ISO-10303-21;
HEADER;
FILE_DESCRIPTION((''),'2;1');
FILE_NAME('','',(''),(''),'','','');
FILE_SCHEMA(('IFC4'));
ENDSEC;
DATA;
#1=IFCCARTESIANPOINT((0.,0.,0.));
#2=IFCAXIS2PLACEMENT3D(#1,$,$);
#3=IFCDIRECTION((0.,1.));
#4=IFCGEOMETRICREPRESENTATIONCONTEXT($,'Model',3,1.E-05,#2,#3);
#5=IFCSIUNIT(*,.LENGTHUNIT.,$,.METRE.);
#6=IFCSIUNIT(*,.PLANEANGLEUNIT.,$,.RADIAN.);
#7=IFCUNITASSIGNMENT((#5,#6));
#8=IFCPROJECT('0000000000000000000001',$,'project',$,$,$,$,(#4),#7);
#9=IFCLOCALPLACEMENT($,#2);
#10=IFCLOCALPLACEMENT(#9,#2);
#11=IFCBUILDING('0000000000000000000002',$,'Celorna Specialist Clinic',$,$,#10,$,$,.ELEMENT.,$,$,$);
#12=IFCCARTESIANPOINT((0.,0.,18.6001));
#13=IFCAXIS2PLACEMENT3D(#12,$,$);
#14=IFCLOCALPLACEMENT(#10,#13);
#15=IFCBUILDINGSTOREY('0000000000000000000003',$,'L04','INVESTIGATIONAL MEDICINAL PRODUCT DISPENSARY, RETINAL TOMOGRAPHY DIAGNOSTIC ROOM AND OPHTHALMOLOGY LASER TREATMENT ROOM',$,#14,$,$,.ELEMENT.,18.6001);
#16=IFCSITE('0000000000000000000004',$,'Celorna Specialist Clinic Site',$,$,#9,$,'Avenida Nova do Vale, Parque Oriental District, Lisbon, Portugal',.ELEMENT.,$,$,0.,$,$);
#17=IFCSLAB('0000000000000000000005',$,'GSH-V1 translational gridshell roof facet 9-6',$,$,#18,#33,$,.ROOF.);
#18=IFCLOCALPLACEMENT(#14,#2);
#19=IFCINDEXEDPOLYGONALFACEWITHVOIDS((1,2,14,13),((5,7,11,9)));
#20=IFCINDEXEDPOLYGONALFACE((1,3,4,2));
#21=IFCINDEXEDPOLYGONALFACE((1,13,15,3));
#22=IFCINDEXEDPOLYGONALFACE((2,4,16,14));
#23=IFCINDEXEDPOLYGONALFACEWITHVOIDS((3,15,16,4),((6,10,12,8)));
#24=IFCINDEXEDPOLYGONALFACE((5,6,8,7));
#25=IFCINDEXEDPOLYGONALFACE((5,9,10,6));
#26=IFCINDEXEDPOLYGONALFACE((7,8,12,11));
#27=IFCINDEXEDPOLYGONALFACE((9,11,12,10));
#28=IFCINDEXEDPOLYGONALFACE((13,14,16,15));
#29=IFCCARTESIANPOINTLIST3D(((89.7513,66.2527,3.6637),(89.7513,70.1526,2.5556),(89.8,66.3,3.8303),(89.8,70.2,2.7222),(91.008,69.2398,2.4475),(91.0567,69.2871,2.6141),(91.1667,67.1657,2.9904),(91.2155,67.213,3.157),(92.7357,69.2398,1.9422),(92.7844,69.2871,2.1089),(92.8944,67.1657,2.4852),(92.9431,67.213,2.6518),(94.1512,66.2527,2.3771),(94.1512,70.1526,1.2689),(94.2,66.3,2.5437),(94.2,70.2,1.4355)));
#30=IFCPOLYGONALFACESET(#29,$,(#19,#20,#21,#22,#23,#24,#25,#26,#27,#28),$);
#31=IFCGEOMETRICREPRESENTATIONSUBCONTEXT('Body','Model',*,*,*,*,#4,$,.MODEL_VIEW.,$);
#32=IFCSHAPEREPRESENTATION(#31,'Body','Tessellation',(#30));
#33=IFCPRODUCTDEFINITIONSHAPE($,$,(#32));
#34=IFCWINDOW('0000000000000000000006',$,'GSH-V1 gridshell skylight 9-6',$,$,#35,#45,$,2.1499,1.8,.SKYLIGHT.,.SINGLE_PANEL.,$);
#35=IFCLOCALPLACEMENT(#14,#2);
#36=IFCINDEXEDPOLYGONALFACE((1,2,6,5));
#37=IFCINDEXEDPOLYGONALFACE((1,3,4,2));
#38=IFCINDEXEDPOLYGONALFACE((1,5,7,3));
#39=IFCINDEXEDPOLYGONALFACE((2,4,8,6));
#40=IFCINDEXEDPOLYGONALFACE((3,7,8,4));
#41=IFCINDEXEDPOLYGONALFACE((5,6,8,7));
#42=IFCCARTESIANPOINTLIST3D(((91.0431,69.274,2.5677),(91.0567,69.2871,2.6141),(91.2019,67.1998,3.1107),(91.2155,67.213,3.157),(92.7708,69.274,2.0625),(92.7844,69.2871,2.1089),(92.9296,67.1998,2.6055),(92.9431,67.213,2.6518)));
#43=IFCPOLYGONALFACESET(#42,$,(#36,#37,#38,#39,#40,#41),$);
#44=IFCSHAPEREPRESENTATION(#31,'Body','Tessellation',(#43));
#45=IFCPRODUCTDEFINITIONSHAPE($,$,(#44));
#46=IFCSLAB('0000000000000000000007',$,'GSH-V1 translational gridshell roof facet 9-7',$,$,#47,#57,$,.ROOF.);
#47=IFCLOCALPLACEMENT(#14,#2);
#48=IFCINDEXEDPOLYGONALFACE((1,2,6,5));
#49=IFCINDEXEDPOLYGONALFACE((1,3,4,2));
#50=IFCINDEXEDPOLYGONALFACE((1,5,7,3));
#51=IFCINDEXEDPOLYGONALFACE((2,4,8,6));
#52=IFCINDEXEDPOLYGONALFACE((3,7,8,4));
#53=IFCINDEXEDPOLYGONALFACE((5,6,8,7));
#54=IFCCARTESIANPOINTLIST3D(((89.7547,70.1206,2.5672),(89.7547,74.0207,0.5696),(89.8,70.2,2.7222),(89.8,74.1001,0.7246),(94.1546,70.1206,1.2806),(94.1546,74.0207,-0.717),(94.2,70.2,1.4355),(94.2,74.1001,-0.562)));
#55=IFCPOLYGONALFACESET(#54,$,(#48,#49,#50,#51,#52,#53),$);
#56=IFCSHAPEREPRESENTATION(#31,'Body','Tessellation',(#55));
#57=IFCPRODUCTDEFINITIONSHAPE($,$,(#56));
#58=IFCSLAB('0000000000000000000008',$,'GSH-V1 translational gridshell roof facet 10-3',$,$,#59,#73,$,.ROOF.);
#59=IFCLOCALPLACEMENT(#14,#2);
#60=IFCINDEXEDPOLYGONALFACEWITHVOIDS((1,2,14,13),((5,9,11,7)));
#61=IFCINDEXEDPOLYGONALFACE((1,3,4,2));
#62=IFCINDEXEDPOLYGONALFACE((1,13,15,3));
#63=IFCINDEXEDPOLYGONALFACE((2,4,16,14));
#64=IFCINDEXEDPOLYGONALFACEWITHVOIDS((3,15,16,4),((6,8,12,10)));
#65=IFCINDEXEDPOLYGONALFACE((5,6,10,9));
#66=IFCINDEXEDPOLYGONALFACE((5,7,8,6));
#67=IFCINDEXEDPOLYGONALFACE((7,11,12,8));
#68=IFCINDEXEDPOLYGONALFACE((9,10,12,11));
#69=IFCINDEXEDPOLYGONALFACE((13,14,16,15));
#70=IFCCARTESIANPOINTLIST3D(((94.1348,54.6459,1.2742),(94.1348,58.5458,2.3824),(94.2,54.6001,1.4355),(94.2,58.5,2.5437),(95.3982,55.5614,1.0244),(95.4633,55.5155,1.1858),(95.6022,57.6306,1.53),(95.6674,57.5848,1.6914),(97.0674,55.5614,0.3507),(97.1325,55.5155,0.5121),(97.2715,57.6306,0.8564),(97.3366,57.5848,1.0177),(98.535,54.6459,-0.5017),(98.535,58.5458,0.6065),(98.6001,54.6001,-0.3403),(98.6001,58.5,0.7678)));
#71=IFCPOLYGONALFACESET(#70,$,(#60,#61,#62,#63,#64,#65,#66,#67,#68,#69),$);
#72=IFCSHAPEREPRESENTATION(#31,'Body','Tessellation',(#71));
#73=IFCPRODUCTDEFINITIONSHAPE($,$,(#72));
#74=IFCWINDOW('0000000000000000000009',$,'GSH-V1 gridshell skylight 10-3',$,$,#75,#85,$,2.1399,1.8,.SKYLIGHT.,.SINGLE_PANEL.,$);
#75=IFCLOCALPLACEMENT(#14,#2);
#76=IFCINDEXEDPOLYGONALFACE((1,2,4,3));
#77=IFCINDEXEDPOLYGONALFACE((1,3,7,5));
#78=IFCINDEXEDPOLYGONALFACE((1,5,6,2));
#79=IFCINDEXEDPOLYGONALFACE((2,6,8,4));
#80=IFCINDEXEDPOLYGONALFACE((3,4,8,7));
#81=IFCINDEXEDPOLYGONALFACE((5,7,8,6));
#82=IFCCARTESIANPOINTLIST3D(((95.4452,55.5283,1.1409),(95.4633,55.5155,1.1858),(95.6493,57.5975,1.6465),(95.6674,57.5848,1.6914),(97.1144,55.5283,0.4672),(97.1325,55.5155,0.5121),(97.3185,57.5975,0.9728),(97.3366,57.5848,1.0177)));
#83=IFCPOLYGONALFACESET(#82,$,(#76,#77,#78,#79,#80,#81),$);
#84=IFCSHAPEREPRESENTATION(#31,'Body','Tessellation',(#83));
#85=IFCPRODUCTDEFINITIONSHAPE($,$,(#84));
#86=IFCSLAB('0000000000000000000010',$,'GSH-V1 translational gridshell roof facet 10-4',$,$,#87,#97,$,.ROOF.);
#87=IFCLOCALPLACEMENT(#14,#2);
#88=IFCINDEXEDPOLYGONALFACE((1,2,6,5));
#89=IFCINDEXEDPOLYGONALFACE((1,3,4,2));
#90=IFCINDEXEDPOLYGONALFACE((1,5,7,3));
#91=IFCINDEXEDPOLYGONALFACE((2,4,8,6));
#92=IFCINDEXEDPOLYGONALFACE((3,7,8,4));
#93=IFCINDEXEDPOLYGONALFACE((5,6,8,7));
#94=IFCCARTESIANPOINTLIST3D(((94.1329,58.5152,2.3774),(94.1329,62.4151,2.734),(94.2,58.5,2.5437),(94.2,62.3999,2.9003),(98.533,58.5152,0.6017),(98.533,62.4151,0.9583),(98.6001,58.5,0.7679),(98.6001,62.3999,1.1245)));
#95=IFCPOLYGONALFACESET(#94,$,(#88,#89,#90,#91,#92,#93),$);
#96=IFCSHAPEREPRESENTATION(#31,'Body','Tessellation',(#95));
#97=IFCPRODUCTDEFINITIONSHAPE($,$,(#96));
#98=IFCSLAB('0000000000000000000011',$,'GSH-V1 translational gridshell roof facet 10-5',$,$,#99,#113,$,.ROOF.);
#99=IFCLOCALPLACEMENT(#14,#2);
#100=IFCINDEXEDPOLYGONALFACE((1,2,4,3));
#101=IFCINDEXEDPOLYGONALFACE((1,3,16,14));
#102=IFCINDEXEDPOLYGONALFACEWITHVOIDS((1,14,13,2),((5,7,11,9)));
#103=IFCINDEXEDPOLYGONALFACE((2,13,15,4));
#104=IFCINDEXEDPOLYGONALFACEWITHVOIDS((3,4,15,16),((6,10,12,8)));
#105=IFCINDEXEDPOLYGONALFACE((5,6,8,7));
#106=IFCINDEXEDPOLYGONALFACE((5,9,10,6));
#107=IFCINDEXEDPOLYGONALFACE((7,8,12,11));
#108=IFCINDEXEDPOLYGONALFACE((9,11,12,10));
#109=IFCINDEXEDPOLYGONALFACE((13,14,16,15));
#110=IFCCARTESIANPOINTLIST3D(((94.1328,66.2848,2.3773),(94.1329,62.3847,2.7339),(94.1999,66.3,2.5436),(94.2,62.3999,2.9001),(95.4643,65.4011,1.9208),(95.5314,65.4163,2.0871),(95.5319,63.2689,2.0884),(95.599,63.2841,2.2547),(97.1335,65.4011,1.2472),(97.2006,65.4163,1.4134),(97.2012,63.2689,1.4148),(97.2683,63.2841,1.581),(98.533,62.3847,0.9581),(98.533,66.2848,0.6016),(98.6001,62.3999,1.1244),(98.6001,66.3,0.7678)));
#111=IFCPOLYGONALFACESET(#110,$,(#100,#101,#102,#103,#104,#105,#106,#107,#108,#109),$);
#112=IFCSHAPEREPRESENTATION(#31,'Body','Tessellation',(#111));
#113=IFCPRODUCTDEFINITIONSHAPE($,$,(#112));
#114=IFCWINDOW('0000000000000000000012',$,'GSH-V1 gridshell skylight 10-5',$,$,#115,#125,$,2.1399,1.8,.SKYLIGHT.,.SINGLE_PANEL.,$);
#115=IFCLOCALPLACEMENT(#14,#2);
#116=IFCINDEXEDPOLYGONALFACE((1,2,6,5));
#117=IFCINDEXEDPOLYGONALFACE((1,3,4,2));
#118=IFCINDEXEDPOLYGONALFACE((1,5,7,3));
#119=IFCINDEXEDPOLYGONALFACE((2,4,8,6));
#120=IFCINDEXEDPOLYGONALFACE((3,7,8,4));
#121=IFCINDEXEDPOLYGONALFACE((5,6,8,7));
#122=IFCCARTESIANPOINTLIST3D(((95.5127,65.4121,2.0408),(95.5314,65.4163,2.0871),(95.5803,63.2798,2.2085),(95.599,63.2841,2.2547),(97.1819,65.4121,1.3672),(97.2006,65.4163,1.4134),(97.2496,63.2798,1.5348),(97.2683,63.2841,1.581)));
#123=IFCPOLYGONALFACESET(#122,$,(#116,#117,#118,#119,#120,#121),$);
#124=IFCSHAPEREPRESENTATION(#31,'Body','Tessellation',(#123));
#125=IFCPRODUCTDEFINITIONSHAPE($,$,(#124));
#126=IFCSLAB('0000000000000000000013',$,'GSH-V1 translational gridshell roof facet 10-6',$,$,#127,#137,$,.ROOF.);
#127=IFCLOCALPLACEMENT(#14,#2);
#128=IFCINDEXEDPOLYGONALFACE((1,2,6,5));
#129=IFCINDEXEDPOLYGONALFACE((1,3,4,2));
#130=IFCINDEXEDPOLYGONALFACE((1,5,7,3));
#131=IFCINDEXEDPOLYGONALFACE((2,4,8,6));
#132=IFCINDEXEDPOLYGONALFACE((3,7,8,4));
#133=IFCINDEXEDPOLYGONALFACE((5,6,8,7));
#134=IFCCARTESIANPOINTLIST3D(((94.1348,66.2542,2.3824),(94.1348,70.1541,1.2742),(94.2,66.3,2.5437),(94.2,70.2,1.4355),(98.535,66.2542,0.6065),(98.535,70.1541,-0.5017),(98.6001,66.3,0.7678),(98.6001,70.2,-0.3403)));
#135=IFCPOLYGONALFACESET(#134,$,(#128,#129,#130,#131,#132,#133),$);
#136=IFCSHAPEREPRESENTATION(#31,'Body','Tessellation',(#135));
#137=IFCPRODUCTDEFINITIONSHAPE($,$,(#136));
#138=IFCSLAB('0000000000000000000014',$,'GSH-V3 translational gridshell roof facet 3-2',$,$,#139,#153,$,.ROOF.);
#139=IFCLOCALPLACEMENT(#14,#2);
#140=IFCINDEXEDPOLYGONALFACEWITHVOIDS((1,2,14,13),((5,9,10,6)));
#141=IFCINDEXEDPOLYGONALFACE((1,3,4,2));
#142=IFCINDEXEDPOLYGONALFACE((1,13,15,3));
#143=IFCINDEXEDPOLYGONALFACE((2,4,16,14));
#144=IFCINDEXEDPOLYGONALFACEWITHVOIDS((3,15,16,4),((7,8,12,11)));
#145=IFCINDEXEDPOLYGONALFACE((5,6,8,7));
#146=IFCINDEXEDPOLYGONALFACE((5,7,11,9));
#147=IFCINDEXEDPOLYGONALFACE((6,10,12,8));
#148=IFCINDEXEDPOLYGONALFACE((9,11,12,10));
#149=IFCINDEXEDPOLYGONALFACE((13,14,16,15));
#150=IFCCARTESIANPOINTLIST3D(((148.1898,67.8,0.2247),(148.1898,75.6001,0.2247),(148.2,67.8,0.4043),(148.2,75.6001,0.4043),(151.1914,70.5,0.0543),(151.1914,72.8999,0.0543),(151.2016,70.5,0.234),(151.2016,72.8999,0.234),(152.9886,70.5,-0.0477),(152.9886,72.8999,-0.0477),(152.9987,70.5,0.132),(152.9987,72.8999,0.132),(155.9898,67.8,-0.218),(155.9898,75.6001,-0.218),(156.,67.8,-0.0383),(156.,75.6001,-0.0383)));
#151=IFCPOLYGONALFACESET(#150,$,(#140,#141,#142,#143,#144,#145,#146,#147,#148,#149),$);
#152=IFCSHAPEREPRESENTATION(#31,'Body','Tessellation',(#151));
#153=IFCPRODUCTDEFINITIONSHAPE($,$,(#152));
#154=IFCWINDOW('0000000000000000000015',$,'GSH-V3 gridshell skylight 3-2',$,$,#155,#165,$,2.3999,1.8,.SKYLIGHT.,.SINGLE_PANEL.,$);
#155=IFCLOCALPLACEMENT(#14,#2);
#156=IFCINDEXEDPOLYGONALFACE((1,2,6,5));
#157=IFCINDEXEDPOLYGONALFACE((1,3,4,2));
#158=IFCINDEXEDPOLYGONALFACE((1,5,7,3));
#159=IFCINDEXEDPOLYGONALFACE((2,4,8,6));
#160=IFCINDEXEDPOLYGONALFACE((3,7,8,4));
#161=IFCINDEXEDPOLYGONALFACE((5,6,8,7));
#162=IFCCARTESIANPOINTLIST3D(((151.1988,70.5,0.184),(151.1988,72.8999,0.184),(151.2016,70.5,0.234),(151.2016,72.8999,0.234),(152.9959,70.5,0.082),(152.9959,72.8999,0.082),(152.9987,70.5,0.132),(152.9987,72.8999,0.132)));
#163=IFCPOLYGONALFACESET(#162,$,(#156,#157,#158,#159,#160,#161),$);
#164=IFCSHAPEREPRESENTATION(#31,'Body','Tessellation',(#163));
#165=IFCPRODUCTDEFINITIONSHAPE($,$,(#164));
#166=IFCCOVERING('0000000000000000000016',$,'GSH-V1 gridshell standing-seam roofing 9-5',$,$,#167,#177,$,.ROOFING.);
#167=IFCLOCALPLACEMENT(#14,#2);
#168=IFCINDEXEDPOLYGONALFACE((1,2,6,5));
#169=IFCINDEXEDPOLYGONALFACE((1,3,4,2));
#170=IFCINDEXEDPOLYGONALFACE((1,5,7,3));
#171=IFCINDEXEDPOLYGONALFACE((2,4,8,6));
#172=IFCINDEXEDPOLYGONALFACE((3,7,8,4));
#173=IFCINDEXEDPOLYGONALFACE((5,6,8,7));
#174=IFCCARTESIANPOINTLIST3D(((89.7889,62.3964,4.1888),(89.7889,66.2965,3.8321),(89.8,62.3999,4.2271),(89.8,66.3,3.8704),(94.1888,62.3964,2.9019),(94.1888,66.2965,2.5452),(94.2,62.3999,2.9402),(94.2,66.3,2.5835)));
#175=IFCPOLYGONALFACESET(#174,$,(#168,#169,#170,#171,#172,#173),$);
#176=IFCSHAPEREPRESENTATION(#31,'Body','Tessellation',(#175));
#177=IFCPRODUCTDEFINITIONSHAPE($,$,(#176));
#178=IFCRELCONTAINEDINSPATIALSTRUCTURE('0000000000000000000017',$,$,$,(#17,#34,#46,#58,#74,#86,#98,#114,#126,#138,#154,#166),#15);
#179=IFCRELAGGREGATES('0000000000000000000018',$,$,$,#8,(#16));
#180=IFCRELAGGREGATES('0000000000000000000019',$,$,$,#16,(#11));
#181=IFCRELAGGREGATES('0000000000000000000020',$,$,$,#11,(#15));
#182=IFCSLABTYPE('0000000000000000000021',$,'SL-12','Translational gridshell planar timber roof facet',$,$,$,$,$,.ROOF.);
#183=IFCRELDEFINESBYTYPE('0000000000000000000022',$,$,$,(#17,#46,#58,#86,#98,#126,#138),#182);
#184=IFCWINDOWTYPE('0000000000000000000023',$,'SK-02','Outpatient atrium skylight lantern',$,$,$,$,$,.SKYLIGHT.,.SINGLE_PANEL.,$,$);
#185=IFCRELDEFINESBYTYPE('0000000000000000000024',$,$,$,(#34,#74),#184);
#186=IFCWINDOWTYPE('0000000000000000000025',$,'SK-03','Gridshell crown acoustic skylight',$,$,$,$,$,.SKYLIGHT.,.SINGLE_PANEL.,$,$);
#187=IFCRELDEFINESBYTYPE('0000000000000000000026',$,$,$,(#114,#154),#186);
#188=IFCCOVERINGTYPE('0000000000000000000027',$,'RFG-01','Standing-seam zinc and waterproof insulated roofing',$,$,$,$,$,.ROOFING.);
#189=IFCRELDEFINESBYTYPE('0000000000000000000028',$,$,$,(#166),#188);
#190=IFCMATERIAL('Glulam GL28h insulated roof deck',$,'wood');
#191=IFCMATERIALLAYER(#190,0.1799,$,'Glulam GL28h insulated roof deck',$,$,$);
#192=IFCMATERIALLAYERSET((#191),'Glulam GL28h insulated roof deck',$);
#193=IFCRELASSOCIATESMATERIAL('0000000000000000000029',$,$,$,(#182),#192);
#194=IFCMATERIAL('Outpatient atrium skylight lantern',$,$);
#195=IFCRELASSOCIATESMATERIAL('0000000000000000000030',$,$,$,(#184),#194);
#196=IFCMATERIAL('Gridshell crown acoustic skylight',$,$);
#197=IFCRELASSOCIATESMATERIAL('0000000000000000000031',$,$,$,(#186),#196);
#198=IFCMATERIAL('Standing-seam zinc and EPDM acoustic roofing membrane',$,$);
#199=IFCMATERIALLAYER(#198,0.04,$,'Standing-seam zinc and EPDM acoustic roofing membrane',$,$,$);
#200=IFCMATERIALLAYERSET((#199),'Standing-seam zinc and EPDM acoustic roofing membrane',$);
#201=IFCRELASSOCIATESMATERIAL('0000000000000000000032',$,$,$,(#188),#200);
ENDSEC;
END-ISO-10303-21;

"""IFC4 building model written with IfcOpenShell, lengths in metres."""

from ifc_helpers import new_model, si_unit, direction, frame, origin, origin_2d, place, context, subcontext, project, spatial, polyline, rectangle, outline, extrude, material, layer, layer_set, type_object, element, fill, save


model = new_model("IFC4")

# Units and contexts
model_context = context("Model", 3, precision=1e-05, world=origin(), true_north=direction((0.0, 1.0)))
body_context = subcontext(model_context, "Body", "Model", "MODEL_VIEW")
ifc_project = project(units=[si_unit("LENGTHUNIT", "METRE"), si_unit("PLANEANGLEUNIT", "RADIAN")], contexts=[model_context])

# Site, building, storey
site_placement = place(None, origin())
site = spatial("IfcSite", under=ifc_project, at=site_placement, Name="Celorna Specialist Clinic Site", LongName="Avenida Nova do Vale, Parque Oriental District, Lisbon, Portugal", CompositionType="ELEMENT", RefElevation=0.0)
building_placement = place(site_placement, origin())
building = spatial("IfcBuilding", under=site, at=building_placement, Name="Celorna Specialist Clinic", CompositionType="ELEMENT")
storey_placement = place(building_placement, frame((0.0, 0.0, 18.6001)))
storey = spatial("IfcBuildingStorey", under=building, at=storey_placement, Name="L04", Description="INVESTIGATIONAL MEDICINAL PRODUCT DISPENSARY, RETINAL TOMOGRAPHY DIAGNOSTIC ROOM AND OPHTHALMOLOGY LASER TREATMENT ROOM", CompositionType="ELEMENT", Elevation=18.6001)

# Slab, opening, window
ifc_material_1 = material(Name="Glulam GL28h insulated roof deck", Category="wood")
ifc_layer_1 = layer(ifc_material_1, 0.1799, Name="Glulam GL28h insulated roof deck")
ifc_layer_set_1 = layer_set([ifc_layer_1], Name="Glulam GL28h insulated roof deck")
slab_type = type_object("IfcSlabType", Name="SL-12", Description="Translational gridshell planar timber roof facet", PredefinedType="ROOF", material=ifc_layer_set_1)
slab_1_placement = place(storey_placement, frame((89.8, 66.3, 3.8303), z_axis=(0.270777, 0.263118, 0.925985), x_axis=(0.959805, 0.0, -0.280667)))
slab_1 = element("IfcSlab", 1, at=slab_1_placement, inside=storey, type_object=slab_type, Name="GSH-V1 translational gridshell roof facet 9-6", PredefinedType="ROOF", context=body_context, shape_type="SweptSolid", body=[
    extrude(outline(polyline([(0.0, 0.0), (4.5842, 0.0), (4.8952, 4.0423), (0.311, 4.0423), (0.0, 0.0)])), origin(), (0.0, 0.0, -1.0), 0.1799),
])
opening_1_placement = place(slab_1_placement, frame((2.4475, 2.0212, 0.01)))
opening_1 = element("IfcOpeningElement", 2, at=opening_1_placement, cuts=slab_1, PredefinedType="OPENING", context=body_context, shape_type="SweptSolid", body=[
    extrude(rectangle(XDim=1.8, YDim=2.1499, at=origin_2d()), origin(), (0.0, 0.0, -1.0), 0.2),
])
ifc_material_2 = material(Name="Outpatient atrium skylight lantern")
window_type_1 = type_object("IfcWindowType", Name="SK-02", Description="Outpatient atrium skylight lantern", PartitioningType="SINGLE_PANEL", PredefinedType="SKYLIGHT", material=ifc_material_2)
window_1_placement = place(opening_1_placement, frame((0.0, 0.0, -0.01)))
window_1 = element("IfcWindow", 3, at=window_1_placement, inside=storey, type_object=window_type_1, Name="GSH-V1 gridshell skylight 9-6", OverallHeight=2.1499, OverallWidth=1.8, PartitioningType="SINGLE_PANEL", PredefinedType="SKYLIGHT", context=body_context, shape_type="SweptSolid", body=[
    extrude(rectangle(XDim=1.8, YDim=2.1499, at=origin_2d()), origin(), (0.0, 0.0, -1.0), 0.05),
])
fill(opening_1, window_1)

# Slab
slab_2_placement = place(storey_placement, frame((89.8, 70.2, 2.7222), z_axis=(0.251878, 0.441164, 0.861355), x_axis=(0.959805, 0.0, -0.280667)))
element("IfcSlab", 4, at=slab_2_placement, inside=storey, type_object=slab_type, Name="GSH-V1 translational gridshell roof facet 9-7", PredefinedType="ROOF", context=body_context, shape_type="SweptSolid", body=[
    extrude(outline(polyline([(0.0, 0.0), (4.5842, 0.0), (5.1448, 4.3459), (0.5606, 4.3459), (0.0, 0.0)])), origin(), (0.0, 0.0, -1.0), 0.1799),
])

# Slab, opening, window
slab_3_placement = place(storey_placement, frame((94.2, 54.6001, 1.4355), z_axis=(0.36191, -0.254801, 0.896715), x_axis=(0.927323, 0.0, -0.374263)))
slab_3 = element("IfcSlab", 5, at=slab_3_placement, inside=storey, type_object=slab_type, Name="GSH-V1 translational gridshell roof facet 10-3", PredefinedType="ROOF", context=body_context, shape_type="SweptSolid", body=[
    extrude(outline(polyline([(0.0, 0.0), (4.745, 0.0), (4.3303, 4.033), (-0.4147, 4.033), (0.0, 0.0)])), origin(), (0.0, 0.0, -1.0), 0.1799),
])
opening_2_placement = place(slab_3_placement, frame((2.165, 2.0166, 0.01)))
opening_2 = element("IfcOpeningElement", 6, at=opening_2_placement, cuts=slab_3, PredefinedType="OPENING", context=body_context, shape_type="SweptSolid", body=[
    extrude(rectangle(XDim=1.8, YDim=2.1399, at=origin_2d()), origin(), (0.0, 0.0, -1.0), 0.2),
])
window_2_placement = place(opening_2_placement, frame((0.0, 0.0, -0.01)))
window_2 = element("IfcWindow", 7, at=window_2_placement, inside=storey, type_object=window_type_1, Name="GSH-V1 gridshell skylight 10-3", OverallHeight=2.1399, OverallWidth=1.8, PartitioningType="SINGLE_PANEL", PredefinedType="SKYLIGHT", context=body_context, shape_type="SweptSolid", body=[
    extrude(rectangle(XDim=1.8, YDim=2.1399, at=origin_2d()), origin(), (0.0, 0.0, -1.0), 0.05),
])
fill(opening_2, window_2)

# Slab
slab_4_placement = place(storey_placement, frame((94.2, 58.5, 2.5437), z_axis=(0.372903, -0.084483, 0.924016), x_axis=(0.927331, -0.000002, -0.374241)))
element("IfcSlab", 8, at=slab_4_placement, inside=storey, type_object=slab_type, Name="GSH-V1 translational gridshell roof facet 10-4", PredefinedType="ROOF", context=body_context, shape_type="SweptSolid", body=[
    extrude(outline(polyline([(0.0, 0.0), (4.745, 0.0), (4.6115, 3.9139), (-0.1334, 3.9139), (0.0, 0.0)])), origin(), (0.0, 0.0, -1.0), 0.1799),
])

# Slab, opening, window
slab_5_placement = place(storey_placement, frame((94.2, 62.3999, 2.9001), z_axis=(0.372903, 0.084477, 0.924017), x_axis=(0.927332, -0.000002, -0.374241)))
slab_5 = element("IfcSlab", 9, at=slab_5_placement, inside=storey, type_object=slab_type, Name="GSH-V1 translational gridshell roof facet 10-5", PredefinedType="ROOF", context=body_context, shape_type="SweptSolid", body=[
    extrude(outline(polyline([(0.0, 0.0), (4.7449, 0.0), (4.8784, 3.9141), (0.1334, 3.9141), (0.0, 0.0)])), origin(), (0.0, 0.0, -1.0), 0.1799),
])
opening_3_placement = place(slab_5_placement, frame((2.439, 1.9573, 0.01)))
opening_3 = element("IfcOpeningElement", 10, at=opening_3_placement, cuts=slab_5, PredefinedType="OPENING", context=body_context, shape_type="SweptSolid", body=[
    extrude(rectangle(XDim=1.8, YDim=2.1399, at=origin_2d()), origin(), (0.0, 0.0, -1.0), 0.2),
])
ifc_material_3 = material(Name="Gridshell crown acoustic skylight")
window_type_2 = type_object("IfcWindowType", Name="SK-03", Description="Gridshell crown acoustic skylight", PartitioningType="SINGLE_PANEL", PredefinedType="SKYLIGHT", material=ifc_material_3)
window_3_placement = place(opening_3_placement, frame((0.0, 0.0, -0.01)))
window_3 = element("IfcWindow", 11, at=window_3_placement, inside=storey, type_object=window_type_2, Name="GSH-V1 gridshell skylight 10-5", OverallHeight=2.1399, OverallWidth=1.8, PartitioningType="SINGLE_PANEL", PredefinedType="SKYLIGHT", context=body_context, shape_type="SweptSolid", body=[
    extrude(rectangle(XDim=1.8, YDim=2.1399, at=origin_2d()), origin(), (0.0, 0.0, -1.0), 0.05),
])
fill(opening_3, window_3)

# Slab
slab_6_placement = place(storey_placement, frame((94.2, 66.3, 2.5437), z_axis=(0.36191, 0.254801, 0.896715), x_axis=(0.927323, 0.0, -0.374263)))
element("IfcSlab", 12, at=slab_6_placement, inside=storey, type_object=slab_type, Name="GSH-V1 translational gridshell roof facet 10-6", PredefinedType="ROOF", context=body_context, shape_type="SweptSolid", body=[
    extrude(outline(polyline([(0.0, 0.0), (4.745, 0.0), (5.1597, 4.033), (0.4147, 4.033), (0.0, 0.0)])), origin(), (0.0, 0.0, -1.0), 0.1799),
])

# Slab, opening, window
slab_7_placement = place(storey_placement, frame((148.2, 67.8, 0.4043), z_axis=(0.056656, 0.0, 0.998394), x_axis=(0.998394, 0.0, -0.056656)))
slab_7 = element("IfcSlab", 13, at=slab_7_placement, inside=storey, type_object=slab_type, Name="GSH-V3 translational gridshell roof facet 3-2", PredefinedType="ROOF", context=body_context, shape_type="SweptSolid", body=[
    extrude(outline(polyline([(0.0, 0.0), (7.8126, 0.0), (7.8126, 7.8), (0.0, 7.8), (0.0, 0.0)])), origin(), (0.0, 0.0, -1.0), 0.1799),
])
opening_4_placement = place(slab_7_placement, frame((3.9065, 3.8999, 0.01)))
opening_4 = element("IfcOpeningElement", 14, at=opening_4_placement, cuts=slab_7, PredefinedType="OPENING", context=body_context, shape_type="SweptSolid", body=[
    extrude(rectangle(XDim=1.8, YDim=2.3999, at=origin_2d()), origin(), (0.0, 0.0, -1.0), 0.2),
])
window_4_placement = place(opening_4_placement, frame((0.0, 0.0, -0.01)))
window_4 = element("IfcWindow", 15, at=window_4_placement, inside=storey, type_object=window_type_2, Name="GSH-V3 gridshell skylight 3-2", OverallHeight=2.3999, OverallWidth=1.8, PartitioningType="SINGLE_PANEL", PredefinedType="SKYLIGHT", context=body_context, shape_type="SweptSolid", body=[
    extrude(rectangle(XDim=1.8, YDim=2.3999, at=origin_2d()), origin(), (0.0, 0.0, -1.0), 0.05),
])
fill(opening_4, window_4)

# Covering
ifc_material_4 = material(Name="Standing-seam zinc and EPDM acoustic roofing membrane")
ifc_layer_2 = layer(ifc_material_4, 0.04, Name="Standing-seam zinc and EPDM acoustic roofing membrane")
ifc_layer_set_2 = layer_set([ifc_layer_2], Name="Standing-seam zinc and EPDM acoustic roofing membrane")
covering_type = type_object("IfcCoveringType", Name="RFG-01", Description="Standing-seam zinc and waterproof insulated roofing", PredefinedType="ROOFING", material=ifc_layer_set_2)
covering_1_placement = place(storey_placement, frame((89.8, 62.3999, 4.2271), z_axis=(0.27964, 0.087442, 0.956115), x_axis=(0.959791, 0.0, -0.280716)))
element("IfcCovering", 16, at=covering_1_placement, inside=storey, type_object=covering_type, Name="GSH-V1 gridshell standing-seam roofing 9-5", PredefinedType="ROOFING", context=body_context, shape_type="SweptSolid", body=[
    extrude(outline(polyline([(0.0, 0.0), (4.5842, 0.0), (4.6844, 3.9151), (0.1001, 3.9151), (0.0, 0.0)])), origin(), (0.0, 0.0, -1.0), 0.04),
])

save(model, "model.ifc")
